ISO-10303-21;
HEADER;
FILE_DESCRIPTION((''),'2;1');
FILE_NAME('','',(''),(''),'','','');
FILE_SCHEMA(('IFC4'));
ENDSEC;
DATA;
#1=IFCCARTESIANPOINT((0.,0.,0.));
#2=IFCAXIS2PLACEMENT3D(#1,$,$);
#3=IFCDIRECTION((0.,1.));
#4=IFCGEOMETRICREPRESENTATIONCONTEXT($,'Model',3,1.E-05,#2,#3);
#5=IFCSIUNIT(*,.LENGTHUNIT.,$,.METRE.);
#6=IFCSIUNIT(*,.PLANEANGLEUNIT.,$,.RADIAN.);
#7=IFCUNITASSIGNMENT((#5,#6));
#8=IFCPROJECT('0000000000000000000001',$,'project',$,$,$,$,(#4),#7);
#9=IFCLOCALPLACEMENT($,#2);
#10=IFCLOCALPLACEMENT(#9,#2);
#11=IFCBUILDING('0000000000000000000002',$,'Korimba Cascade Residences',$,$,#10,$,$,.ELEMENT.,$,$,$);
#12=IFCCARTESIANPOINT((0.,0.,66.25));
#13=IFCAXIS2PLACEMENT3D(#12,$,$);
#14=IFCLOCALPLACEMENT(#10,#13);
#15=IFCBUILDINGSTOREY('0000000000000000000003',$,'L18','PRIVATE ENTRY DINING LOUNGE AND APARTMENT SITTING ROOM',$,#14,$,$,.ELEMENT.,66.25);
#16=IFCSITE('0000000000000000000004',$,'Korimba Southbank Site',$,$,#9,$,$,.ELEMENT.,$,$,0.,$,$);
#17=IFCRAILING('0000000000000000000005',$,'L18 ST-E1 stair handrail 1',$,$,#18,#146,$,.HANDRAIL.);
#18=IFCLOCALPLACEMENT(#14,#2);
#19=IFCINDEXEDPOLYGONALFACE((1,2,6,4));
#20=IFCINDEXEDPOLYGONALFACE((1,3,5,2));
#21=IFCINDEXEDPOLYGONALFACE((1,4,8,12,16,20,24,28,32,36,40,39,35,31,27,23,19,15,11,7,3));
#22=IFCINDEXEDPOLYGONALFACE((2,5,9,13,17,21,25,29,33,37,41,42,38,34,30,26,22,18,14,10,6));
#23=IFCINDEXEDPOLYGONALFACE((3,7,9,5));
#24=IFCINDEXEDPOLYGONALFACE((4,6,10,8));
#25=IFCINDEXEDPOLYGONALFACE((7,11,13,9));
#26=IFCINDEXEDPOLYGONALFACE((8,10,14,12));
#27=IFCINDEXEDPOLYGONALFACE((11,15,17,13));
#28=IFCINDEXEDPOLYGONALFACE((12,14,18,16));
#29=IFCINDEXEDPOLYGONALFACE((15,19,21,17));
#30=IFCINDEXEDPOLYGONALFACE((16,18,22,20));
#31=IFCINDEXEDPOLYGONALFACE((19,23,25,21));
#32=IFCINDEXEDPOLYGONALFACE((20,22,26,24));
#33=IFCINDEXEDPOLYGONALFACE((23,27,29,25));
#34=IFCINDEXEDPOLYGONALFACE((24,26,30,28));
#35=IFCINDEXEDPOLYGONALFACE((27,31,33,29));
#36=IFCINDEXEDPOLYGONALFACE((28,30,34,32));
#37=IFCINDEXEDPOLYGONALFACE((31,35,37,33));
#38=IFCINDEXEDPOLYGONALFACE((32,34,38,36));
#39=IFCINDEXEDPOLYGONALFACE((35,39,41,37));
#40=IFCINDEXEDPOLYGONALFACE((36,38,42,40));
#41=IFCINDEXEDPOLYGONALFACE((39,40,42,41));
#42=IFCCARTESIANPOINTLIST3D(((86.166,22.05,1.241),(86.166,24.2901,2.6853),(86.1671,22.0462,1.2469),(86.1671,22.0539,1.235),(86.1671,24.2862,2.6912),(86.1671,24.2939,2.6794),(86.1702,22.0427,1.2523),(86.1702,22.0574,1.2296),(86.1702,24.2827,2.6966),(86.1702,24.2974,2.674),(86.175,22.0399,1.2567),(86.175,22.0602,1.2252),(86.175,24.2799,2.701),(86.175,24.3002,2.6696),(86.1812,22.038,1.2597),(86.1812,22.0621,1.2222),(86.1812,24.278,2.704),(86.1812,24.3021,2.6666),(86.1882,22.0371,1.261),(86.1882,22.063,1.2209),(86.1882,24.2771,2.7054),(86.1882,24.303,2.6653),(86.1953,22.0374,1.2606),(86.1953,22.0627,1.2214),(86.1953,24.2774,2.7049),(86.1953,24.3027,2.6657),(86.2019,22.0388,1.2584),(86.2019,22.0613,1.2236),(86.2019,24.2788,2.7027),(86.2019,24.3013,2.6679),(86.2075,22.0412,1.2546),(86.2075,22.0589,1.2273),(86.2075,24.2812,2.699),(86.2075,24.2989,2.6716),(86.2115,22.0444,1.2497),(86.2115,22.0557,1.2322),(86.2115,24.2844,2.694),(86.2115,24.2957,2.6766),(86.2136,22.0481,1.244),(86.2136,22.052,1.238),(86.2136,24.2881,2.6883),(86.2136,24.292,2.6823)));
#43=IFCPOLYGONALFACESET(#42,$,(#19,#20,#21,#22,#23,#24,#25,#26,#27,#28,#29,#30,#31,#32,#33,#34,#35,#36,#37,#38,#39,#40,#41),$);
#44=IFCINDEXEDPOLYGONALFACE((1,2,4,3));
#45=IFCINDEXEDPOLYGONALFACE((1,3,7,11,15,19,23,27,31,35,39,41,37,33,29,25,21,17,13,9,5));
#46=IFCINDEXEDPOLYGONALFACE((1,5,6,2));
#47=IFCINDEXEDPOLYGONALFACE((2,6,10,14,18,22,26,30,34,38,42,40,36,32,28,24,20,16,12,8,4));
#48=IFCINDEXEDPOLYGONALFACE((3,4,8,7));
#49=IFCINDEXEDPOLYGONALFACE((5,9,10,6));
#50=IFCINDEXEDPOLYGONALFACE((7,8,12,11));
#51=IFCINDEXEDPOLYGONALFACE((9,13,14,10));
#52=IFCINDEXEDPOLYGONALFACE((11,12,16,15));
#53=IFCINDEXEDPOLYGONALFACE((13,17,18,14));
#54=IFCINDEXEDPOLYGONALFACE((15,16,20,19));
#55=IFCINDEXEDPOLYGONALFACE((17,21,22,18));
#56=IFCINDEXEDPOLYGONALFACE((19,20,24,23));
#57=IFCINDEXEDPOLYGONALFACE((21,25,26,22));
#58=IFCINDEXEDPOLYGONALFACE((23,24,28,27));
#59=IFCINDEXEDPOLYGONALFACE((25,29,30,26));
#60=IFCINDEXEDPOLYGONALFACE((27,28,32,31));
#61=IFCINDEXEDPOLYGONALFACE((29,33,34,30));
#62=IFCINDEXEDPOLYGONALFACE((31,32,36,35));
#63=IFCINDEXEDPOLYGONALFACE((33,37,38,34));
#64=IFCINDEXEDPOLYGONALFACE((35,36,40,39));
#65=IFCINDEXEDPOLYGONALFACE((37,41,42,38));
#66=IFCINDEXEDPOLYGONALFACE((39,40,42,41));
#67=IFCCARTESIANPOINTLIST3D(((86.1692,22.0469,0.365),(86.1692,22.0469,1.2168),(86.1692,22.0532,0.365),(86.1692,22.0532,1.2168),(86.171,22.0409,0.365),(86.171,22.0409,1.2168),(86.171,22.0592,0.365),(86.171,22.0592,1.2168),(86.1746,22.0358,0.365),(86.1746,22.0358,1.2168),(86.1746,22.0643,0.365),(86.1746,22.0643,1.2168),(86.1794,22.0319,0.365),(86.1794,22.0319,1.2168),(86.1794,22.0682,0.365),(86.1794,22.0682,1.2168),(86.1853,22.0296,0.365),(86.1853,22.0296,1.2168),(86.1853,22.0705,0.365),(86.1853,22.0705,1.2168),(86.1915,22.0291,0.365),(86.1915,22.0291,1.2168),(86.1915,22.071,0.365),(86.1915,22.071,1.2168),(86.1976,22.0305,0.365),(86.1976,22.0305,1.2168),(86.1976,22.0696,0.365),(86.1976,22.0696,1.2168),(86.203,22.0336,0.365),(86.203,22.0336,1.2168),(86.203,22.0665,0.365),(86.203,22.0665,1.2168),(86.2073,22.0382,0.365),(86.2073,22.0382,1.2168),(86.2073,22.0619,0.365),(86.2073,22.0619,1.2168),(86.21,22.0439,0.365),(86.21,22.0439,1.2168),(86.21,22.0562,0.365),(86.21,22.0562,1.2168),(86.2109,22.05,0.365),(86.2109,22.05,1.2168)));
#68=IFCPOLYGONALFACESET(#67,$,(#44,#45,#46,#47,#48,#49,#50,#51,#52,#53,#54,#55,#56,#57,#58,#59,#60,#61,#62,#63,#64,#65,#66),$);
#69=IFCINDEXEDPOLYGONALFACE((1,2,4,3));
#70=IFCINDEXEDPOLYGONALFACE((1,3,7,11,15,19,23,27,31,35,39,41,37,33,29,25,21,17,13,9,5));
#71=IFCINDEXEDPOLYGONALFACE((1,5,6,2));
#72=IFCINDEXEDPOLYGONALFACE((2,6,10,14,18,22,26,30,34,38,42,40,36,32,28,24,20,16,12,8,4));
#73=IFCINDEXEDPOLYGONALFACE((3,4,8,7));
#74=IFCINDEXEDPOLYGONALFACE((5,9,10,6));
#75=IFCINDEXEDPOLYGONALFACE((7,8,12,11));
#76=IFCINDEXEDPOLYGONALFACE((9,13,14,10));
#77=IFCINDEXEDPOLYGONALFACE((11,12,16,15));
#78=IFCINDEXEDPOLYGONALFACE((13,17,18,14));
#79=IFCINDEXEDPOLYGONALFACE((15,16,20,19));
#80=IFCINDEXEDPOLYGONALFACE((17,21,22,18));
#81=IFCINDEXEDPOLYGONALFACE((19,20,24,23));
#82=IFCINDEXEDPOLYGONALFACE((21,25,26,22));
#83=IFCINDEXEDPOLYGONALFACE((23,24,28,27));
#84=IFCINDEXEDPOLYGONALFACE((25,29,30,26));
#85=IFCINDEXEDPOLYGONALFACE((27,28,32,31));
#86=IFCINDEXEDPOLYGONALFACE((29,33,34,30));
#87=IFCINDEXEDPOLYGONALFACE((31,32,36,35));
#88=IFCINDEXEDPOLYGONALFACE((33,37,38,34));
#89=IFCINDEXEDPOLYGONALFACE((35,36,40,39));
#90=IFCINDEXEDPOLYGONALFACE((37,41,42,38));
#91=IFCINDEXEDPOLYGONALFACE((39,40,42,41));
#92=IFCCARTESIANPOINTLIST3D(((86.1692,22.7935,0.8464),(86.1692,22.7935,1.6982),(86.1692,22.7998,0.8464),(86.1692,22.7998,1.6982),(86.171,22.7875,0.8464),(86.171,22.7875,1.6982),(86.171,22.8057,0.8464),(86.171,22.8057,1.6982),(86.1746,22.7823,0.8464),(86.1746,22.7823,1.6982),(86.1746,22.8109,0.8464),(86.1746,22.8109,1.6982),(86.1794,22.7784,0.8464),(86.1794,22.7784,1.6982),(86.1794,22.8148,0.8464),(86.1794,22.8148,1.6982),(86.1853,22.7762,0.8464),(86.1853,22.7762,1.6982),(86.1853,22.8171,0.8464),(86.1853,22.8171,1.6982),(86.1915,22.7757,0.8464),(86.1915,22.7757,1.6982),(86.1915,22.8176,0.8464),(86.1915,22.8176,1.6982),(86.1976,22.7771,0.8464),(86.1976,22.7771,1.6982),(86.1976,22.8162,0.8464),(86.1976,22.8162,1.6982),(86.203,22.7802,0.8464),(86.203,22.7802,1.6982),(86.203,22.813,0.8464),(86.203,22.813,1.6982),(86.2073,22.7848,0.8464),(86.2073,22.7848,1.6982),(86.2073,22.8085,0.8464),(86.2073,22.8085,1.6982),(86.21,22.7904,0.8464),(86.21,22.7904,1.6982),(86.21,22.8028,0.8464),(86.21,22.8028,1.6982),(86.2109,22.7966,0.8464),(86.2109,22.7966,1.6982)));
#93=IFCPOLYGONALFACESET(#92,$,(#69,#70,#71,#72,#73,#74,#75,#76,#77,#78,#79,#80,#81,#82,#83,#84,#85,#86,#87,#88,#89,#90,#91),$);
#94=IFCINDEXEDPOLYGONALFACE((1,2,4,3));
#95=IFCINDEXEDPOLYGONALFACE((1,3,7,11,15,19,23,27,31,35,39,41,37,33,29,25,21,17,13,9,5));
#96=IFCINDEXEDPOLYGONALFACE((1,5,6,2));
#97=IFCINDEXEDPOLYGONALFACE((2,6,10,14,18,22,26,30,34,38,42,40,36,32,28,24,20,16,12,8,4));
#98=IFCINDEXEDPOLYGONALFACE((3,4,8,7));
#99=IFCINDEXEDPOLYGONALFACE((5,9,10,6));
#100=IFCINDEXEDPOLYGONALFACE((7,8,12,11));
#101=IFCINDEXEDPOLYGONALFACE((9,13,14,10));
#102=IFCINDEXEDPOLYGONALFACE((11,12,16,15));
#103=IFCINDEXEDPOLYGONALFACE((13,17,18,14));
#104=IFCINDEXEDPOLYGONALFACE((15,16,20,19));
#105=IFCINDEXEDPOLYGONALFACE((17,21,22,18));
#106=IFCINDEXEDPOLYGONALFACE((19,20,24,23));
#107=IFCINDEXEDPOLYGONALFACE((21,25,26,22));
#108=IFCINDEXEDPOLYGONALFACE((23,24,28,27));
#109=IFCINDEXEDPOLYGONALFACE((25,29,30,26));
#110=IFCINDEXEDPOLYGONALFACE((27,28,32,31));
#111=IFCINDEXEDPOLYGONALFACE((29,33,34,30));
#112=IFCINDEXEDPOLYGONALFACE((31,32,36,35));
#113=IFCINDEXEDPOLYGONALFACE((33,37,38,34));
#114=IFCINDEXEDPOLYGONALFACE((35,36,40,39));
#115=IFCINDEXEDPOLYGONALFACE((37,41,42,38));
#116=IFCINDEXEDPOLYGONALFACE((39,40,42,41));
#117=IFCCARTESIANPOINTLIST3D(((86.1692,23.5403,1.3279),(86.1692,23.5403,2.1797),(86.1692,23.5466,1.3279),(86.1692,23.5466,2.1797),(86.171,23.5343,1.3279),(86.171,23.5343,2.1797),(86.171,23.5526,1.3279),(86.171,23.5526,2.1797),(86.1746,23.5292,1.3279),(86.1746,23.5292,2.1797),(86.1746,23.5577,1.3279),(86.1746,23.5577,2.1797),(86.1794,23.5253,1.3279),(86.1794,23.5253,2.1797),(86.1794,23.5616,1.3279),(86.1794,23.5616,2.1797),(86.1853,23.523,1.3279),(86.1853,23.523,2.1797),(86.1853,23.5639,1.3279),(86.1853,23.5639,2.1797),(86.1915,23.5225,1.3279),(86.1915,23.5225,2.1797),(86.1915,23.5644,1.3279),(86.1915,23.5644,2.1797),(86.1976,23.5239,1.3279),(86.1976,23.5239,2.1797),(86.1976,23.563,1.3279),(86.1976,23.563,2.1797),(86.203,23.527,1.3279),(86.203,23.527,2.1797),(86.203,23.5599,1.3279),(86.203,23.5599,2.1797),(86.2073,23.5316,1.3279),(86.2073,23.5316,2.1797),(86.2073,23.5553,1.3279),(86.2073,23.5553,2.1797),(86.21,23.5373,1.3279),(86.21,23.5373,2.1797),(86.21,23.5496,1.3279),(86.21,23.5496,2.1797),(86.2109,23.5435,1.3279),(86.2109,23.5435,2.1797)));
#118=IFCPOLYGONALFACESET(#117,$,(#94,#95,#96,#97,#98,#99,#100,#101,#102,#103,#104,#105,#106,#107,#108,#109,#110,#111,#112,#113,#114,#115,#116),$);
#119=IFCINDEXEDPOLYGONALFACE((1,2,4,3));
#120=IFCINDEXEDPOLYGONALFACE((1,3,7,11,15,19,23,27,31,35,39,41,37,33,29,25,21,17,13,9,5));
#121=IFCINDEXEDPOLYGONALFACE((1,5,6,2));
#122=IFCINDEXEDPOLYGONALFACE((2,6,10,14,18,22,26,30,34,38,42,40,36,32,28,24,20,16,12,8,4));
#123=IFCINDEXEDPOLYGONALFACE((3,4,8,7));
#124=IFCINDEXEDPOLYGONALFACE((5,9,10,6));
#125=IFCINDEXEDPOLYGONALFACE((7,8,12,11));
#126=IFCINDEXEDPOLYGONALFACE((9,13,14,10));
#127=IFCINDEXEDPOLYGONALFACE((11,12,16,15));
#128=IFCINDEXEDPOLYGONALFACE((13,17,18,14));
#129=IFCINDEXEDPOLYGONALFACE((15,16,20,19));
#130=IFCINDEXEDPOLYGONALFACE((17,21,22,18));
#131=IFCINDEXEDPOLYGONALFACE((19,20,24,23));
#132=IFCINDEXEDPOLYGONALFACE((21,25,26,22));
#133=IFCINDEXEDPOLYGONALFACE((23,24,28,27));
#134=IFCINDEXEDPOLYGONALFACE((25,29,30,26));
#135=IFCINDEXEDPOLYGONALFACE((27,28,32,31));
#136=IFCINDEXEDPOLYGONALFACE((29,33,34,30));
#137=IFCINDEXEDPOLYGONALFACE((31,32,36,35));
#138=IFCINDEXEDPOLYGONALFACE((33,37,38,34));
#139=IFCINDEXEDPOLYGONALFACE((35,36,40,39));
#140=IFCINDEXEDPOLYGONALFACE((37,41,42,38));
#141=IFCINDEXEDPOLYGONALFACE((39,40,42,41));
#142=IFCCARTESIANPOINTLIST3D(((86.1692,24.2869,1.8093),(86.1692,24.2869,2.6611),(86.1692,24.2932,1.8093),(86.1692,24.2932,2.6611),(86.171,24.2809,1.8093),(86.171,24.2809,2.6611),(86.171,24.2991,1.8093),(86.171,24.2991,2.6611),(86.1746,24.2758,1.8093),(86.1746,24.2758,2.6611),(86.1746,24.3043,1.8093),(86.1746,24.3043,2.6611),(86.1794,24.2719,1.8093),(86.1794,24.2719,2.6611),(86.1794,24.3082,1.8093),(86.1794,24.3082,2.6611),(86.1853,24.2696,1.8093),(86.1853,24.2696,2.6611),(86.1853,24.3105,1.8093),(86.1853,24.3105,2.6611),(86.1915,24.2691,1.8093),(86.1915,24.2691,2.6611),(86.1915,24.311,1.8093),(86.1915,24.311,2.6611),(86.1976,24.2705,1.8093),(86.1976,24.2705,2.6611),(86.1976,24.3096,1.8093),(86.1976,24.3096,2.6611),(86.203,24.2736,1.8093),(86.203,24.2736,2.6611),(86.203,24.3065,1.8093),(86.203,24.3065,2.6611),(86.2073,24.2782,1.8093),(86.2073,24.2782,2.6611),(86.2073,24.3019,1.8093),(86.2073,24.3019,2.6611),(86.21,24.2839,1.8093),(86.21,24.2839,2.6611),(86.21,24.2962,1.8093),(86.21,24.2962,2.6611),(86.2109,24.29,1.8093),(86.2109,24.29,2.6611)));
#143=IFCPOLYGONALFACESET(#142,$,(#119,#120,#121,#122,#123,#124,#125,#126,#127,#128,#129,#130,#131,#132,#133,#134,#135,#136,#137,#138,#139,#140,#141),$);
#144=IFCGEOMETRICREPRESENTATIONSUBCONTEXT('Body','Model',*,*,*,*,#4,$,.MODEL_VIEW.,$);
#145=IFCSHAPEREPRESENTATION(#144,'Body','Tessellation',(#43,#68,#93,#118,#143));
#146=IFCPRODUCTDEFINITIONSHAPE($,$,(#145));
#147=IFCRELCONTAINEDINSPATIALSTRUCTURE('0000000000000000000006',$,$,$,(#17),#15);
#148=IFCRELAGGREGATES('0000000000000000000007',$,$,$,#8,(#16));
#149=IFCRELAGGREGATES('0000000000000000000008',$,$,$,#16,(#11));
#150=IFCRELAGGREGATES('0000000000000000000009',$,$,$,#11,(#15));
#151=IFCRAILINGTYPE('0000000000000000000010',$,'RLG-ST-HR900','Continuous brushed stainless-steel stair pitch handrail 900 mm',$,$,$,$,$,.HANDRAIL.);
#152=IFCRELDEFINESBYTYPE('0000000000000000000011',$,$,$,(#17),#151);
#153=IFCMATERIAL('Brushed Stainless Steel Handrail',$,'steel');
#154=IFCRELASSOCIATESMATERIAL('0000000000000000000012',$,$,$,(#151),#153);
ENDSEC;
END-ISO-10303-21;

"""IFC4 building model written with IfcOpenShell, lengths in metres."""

from ifc_helpers import new_model, si_unit, direction, frame, origin, origin_2d, place, context, subcontext, project, spatial, circle, extrude, material, type_object, element, save


model = new_model("IFC4")

# Units and contexts
model_context = context("Model", 3, precision=1e-05, world=origin(), true_north=direction((0.0, 1.0)))
body_context = subcontext(model_context, "Body", "Model", "MODEL_VIEW")
ifc_project = project(units=[si_unit("LENGTHUNIT", "METRE"), si_unit("PLANEANGLEUNIT", "RADIAN")], contexts=[model_context])

# Site, building, storey
site_placement = place(None, origin())
site = spatial("IfcSite", under=ifc_project, at=site_placement, Name="Korimba Southbank Site", CompositionType="ELEMENT", RefElevation=0.0)
building_placement = place(site_placement, origin())
building = spatial("IfcBuilding", under=site, at=building_placement, Name="Korimba Cascade Residences", CompositionType="ELEMENT")
storey_placement = place(building_placement, frame((0.0, 0.0, 66.25)))
storey = spatial("IfcBuildingStorey", under=building, at=storey_placement, Name="L18", Description="PRIVATE ENTRY DINING LOUNGE AND APARTMENT SITTING ROOM", CompositionType="ELEMENT", Elevation=66.25)

# Railing
ifc_material_1 = material(Name="Brushed Stainless Steel Handrail", Category="steel")
railing_type = type_object("IfcRailingType", Name="RLG-ST-HR900", Description="Continuous brushed stainless-steel stair pitch handrail 900 mm", PredefinedType="HANDRAIL", material=ifc_material_1)
railing_placement = place(storey_placement, frame((86.1899, 22.05, 0.365)))
element("IfcRailing", 1, at=railing_placement, inside=storey, type_object=railing_type, Name="L18 ST-E1 stair handrail 1", PredefinedType="HANDRAIL", context=body_context, shape_type="SweptSolid", body=[
    extrude(circle(Radius=0.0239, at=origin_2d()), frame((0.0, 0.0, 0.876), z_axis=(0.0, 0.840437, 0.54191), x_axis=(-1.0, 0.0, 0.0)), (0.0, 0.0, 1.0), 2.6653),
    extrude(circle(Radius=0.021, at=origin_2d()), origin(), (0.0, 0.0, 1.0), 0.8518),
    extrude(circle(Radius=0.021, at=origin_2d()), frame((0.0, 0.7466, 0.4814)), (0.0, 0.0, 1.0), 0.8518),
    extrude(circle(Radius=0.021, at=origin_2d()), frame((0.0, 1.4934, 0.9629)), (0.0, 0.0, 1.0), 0.8518),
    extrude(circle(Radius=0.021, at=origin_2d()), frame((0.0, 2.24, 1.4443)), (0.0, 0.0, 1.0), 0.8518),
])

save(model, "model.ifc")
